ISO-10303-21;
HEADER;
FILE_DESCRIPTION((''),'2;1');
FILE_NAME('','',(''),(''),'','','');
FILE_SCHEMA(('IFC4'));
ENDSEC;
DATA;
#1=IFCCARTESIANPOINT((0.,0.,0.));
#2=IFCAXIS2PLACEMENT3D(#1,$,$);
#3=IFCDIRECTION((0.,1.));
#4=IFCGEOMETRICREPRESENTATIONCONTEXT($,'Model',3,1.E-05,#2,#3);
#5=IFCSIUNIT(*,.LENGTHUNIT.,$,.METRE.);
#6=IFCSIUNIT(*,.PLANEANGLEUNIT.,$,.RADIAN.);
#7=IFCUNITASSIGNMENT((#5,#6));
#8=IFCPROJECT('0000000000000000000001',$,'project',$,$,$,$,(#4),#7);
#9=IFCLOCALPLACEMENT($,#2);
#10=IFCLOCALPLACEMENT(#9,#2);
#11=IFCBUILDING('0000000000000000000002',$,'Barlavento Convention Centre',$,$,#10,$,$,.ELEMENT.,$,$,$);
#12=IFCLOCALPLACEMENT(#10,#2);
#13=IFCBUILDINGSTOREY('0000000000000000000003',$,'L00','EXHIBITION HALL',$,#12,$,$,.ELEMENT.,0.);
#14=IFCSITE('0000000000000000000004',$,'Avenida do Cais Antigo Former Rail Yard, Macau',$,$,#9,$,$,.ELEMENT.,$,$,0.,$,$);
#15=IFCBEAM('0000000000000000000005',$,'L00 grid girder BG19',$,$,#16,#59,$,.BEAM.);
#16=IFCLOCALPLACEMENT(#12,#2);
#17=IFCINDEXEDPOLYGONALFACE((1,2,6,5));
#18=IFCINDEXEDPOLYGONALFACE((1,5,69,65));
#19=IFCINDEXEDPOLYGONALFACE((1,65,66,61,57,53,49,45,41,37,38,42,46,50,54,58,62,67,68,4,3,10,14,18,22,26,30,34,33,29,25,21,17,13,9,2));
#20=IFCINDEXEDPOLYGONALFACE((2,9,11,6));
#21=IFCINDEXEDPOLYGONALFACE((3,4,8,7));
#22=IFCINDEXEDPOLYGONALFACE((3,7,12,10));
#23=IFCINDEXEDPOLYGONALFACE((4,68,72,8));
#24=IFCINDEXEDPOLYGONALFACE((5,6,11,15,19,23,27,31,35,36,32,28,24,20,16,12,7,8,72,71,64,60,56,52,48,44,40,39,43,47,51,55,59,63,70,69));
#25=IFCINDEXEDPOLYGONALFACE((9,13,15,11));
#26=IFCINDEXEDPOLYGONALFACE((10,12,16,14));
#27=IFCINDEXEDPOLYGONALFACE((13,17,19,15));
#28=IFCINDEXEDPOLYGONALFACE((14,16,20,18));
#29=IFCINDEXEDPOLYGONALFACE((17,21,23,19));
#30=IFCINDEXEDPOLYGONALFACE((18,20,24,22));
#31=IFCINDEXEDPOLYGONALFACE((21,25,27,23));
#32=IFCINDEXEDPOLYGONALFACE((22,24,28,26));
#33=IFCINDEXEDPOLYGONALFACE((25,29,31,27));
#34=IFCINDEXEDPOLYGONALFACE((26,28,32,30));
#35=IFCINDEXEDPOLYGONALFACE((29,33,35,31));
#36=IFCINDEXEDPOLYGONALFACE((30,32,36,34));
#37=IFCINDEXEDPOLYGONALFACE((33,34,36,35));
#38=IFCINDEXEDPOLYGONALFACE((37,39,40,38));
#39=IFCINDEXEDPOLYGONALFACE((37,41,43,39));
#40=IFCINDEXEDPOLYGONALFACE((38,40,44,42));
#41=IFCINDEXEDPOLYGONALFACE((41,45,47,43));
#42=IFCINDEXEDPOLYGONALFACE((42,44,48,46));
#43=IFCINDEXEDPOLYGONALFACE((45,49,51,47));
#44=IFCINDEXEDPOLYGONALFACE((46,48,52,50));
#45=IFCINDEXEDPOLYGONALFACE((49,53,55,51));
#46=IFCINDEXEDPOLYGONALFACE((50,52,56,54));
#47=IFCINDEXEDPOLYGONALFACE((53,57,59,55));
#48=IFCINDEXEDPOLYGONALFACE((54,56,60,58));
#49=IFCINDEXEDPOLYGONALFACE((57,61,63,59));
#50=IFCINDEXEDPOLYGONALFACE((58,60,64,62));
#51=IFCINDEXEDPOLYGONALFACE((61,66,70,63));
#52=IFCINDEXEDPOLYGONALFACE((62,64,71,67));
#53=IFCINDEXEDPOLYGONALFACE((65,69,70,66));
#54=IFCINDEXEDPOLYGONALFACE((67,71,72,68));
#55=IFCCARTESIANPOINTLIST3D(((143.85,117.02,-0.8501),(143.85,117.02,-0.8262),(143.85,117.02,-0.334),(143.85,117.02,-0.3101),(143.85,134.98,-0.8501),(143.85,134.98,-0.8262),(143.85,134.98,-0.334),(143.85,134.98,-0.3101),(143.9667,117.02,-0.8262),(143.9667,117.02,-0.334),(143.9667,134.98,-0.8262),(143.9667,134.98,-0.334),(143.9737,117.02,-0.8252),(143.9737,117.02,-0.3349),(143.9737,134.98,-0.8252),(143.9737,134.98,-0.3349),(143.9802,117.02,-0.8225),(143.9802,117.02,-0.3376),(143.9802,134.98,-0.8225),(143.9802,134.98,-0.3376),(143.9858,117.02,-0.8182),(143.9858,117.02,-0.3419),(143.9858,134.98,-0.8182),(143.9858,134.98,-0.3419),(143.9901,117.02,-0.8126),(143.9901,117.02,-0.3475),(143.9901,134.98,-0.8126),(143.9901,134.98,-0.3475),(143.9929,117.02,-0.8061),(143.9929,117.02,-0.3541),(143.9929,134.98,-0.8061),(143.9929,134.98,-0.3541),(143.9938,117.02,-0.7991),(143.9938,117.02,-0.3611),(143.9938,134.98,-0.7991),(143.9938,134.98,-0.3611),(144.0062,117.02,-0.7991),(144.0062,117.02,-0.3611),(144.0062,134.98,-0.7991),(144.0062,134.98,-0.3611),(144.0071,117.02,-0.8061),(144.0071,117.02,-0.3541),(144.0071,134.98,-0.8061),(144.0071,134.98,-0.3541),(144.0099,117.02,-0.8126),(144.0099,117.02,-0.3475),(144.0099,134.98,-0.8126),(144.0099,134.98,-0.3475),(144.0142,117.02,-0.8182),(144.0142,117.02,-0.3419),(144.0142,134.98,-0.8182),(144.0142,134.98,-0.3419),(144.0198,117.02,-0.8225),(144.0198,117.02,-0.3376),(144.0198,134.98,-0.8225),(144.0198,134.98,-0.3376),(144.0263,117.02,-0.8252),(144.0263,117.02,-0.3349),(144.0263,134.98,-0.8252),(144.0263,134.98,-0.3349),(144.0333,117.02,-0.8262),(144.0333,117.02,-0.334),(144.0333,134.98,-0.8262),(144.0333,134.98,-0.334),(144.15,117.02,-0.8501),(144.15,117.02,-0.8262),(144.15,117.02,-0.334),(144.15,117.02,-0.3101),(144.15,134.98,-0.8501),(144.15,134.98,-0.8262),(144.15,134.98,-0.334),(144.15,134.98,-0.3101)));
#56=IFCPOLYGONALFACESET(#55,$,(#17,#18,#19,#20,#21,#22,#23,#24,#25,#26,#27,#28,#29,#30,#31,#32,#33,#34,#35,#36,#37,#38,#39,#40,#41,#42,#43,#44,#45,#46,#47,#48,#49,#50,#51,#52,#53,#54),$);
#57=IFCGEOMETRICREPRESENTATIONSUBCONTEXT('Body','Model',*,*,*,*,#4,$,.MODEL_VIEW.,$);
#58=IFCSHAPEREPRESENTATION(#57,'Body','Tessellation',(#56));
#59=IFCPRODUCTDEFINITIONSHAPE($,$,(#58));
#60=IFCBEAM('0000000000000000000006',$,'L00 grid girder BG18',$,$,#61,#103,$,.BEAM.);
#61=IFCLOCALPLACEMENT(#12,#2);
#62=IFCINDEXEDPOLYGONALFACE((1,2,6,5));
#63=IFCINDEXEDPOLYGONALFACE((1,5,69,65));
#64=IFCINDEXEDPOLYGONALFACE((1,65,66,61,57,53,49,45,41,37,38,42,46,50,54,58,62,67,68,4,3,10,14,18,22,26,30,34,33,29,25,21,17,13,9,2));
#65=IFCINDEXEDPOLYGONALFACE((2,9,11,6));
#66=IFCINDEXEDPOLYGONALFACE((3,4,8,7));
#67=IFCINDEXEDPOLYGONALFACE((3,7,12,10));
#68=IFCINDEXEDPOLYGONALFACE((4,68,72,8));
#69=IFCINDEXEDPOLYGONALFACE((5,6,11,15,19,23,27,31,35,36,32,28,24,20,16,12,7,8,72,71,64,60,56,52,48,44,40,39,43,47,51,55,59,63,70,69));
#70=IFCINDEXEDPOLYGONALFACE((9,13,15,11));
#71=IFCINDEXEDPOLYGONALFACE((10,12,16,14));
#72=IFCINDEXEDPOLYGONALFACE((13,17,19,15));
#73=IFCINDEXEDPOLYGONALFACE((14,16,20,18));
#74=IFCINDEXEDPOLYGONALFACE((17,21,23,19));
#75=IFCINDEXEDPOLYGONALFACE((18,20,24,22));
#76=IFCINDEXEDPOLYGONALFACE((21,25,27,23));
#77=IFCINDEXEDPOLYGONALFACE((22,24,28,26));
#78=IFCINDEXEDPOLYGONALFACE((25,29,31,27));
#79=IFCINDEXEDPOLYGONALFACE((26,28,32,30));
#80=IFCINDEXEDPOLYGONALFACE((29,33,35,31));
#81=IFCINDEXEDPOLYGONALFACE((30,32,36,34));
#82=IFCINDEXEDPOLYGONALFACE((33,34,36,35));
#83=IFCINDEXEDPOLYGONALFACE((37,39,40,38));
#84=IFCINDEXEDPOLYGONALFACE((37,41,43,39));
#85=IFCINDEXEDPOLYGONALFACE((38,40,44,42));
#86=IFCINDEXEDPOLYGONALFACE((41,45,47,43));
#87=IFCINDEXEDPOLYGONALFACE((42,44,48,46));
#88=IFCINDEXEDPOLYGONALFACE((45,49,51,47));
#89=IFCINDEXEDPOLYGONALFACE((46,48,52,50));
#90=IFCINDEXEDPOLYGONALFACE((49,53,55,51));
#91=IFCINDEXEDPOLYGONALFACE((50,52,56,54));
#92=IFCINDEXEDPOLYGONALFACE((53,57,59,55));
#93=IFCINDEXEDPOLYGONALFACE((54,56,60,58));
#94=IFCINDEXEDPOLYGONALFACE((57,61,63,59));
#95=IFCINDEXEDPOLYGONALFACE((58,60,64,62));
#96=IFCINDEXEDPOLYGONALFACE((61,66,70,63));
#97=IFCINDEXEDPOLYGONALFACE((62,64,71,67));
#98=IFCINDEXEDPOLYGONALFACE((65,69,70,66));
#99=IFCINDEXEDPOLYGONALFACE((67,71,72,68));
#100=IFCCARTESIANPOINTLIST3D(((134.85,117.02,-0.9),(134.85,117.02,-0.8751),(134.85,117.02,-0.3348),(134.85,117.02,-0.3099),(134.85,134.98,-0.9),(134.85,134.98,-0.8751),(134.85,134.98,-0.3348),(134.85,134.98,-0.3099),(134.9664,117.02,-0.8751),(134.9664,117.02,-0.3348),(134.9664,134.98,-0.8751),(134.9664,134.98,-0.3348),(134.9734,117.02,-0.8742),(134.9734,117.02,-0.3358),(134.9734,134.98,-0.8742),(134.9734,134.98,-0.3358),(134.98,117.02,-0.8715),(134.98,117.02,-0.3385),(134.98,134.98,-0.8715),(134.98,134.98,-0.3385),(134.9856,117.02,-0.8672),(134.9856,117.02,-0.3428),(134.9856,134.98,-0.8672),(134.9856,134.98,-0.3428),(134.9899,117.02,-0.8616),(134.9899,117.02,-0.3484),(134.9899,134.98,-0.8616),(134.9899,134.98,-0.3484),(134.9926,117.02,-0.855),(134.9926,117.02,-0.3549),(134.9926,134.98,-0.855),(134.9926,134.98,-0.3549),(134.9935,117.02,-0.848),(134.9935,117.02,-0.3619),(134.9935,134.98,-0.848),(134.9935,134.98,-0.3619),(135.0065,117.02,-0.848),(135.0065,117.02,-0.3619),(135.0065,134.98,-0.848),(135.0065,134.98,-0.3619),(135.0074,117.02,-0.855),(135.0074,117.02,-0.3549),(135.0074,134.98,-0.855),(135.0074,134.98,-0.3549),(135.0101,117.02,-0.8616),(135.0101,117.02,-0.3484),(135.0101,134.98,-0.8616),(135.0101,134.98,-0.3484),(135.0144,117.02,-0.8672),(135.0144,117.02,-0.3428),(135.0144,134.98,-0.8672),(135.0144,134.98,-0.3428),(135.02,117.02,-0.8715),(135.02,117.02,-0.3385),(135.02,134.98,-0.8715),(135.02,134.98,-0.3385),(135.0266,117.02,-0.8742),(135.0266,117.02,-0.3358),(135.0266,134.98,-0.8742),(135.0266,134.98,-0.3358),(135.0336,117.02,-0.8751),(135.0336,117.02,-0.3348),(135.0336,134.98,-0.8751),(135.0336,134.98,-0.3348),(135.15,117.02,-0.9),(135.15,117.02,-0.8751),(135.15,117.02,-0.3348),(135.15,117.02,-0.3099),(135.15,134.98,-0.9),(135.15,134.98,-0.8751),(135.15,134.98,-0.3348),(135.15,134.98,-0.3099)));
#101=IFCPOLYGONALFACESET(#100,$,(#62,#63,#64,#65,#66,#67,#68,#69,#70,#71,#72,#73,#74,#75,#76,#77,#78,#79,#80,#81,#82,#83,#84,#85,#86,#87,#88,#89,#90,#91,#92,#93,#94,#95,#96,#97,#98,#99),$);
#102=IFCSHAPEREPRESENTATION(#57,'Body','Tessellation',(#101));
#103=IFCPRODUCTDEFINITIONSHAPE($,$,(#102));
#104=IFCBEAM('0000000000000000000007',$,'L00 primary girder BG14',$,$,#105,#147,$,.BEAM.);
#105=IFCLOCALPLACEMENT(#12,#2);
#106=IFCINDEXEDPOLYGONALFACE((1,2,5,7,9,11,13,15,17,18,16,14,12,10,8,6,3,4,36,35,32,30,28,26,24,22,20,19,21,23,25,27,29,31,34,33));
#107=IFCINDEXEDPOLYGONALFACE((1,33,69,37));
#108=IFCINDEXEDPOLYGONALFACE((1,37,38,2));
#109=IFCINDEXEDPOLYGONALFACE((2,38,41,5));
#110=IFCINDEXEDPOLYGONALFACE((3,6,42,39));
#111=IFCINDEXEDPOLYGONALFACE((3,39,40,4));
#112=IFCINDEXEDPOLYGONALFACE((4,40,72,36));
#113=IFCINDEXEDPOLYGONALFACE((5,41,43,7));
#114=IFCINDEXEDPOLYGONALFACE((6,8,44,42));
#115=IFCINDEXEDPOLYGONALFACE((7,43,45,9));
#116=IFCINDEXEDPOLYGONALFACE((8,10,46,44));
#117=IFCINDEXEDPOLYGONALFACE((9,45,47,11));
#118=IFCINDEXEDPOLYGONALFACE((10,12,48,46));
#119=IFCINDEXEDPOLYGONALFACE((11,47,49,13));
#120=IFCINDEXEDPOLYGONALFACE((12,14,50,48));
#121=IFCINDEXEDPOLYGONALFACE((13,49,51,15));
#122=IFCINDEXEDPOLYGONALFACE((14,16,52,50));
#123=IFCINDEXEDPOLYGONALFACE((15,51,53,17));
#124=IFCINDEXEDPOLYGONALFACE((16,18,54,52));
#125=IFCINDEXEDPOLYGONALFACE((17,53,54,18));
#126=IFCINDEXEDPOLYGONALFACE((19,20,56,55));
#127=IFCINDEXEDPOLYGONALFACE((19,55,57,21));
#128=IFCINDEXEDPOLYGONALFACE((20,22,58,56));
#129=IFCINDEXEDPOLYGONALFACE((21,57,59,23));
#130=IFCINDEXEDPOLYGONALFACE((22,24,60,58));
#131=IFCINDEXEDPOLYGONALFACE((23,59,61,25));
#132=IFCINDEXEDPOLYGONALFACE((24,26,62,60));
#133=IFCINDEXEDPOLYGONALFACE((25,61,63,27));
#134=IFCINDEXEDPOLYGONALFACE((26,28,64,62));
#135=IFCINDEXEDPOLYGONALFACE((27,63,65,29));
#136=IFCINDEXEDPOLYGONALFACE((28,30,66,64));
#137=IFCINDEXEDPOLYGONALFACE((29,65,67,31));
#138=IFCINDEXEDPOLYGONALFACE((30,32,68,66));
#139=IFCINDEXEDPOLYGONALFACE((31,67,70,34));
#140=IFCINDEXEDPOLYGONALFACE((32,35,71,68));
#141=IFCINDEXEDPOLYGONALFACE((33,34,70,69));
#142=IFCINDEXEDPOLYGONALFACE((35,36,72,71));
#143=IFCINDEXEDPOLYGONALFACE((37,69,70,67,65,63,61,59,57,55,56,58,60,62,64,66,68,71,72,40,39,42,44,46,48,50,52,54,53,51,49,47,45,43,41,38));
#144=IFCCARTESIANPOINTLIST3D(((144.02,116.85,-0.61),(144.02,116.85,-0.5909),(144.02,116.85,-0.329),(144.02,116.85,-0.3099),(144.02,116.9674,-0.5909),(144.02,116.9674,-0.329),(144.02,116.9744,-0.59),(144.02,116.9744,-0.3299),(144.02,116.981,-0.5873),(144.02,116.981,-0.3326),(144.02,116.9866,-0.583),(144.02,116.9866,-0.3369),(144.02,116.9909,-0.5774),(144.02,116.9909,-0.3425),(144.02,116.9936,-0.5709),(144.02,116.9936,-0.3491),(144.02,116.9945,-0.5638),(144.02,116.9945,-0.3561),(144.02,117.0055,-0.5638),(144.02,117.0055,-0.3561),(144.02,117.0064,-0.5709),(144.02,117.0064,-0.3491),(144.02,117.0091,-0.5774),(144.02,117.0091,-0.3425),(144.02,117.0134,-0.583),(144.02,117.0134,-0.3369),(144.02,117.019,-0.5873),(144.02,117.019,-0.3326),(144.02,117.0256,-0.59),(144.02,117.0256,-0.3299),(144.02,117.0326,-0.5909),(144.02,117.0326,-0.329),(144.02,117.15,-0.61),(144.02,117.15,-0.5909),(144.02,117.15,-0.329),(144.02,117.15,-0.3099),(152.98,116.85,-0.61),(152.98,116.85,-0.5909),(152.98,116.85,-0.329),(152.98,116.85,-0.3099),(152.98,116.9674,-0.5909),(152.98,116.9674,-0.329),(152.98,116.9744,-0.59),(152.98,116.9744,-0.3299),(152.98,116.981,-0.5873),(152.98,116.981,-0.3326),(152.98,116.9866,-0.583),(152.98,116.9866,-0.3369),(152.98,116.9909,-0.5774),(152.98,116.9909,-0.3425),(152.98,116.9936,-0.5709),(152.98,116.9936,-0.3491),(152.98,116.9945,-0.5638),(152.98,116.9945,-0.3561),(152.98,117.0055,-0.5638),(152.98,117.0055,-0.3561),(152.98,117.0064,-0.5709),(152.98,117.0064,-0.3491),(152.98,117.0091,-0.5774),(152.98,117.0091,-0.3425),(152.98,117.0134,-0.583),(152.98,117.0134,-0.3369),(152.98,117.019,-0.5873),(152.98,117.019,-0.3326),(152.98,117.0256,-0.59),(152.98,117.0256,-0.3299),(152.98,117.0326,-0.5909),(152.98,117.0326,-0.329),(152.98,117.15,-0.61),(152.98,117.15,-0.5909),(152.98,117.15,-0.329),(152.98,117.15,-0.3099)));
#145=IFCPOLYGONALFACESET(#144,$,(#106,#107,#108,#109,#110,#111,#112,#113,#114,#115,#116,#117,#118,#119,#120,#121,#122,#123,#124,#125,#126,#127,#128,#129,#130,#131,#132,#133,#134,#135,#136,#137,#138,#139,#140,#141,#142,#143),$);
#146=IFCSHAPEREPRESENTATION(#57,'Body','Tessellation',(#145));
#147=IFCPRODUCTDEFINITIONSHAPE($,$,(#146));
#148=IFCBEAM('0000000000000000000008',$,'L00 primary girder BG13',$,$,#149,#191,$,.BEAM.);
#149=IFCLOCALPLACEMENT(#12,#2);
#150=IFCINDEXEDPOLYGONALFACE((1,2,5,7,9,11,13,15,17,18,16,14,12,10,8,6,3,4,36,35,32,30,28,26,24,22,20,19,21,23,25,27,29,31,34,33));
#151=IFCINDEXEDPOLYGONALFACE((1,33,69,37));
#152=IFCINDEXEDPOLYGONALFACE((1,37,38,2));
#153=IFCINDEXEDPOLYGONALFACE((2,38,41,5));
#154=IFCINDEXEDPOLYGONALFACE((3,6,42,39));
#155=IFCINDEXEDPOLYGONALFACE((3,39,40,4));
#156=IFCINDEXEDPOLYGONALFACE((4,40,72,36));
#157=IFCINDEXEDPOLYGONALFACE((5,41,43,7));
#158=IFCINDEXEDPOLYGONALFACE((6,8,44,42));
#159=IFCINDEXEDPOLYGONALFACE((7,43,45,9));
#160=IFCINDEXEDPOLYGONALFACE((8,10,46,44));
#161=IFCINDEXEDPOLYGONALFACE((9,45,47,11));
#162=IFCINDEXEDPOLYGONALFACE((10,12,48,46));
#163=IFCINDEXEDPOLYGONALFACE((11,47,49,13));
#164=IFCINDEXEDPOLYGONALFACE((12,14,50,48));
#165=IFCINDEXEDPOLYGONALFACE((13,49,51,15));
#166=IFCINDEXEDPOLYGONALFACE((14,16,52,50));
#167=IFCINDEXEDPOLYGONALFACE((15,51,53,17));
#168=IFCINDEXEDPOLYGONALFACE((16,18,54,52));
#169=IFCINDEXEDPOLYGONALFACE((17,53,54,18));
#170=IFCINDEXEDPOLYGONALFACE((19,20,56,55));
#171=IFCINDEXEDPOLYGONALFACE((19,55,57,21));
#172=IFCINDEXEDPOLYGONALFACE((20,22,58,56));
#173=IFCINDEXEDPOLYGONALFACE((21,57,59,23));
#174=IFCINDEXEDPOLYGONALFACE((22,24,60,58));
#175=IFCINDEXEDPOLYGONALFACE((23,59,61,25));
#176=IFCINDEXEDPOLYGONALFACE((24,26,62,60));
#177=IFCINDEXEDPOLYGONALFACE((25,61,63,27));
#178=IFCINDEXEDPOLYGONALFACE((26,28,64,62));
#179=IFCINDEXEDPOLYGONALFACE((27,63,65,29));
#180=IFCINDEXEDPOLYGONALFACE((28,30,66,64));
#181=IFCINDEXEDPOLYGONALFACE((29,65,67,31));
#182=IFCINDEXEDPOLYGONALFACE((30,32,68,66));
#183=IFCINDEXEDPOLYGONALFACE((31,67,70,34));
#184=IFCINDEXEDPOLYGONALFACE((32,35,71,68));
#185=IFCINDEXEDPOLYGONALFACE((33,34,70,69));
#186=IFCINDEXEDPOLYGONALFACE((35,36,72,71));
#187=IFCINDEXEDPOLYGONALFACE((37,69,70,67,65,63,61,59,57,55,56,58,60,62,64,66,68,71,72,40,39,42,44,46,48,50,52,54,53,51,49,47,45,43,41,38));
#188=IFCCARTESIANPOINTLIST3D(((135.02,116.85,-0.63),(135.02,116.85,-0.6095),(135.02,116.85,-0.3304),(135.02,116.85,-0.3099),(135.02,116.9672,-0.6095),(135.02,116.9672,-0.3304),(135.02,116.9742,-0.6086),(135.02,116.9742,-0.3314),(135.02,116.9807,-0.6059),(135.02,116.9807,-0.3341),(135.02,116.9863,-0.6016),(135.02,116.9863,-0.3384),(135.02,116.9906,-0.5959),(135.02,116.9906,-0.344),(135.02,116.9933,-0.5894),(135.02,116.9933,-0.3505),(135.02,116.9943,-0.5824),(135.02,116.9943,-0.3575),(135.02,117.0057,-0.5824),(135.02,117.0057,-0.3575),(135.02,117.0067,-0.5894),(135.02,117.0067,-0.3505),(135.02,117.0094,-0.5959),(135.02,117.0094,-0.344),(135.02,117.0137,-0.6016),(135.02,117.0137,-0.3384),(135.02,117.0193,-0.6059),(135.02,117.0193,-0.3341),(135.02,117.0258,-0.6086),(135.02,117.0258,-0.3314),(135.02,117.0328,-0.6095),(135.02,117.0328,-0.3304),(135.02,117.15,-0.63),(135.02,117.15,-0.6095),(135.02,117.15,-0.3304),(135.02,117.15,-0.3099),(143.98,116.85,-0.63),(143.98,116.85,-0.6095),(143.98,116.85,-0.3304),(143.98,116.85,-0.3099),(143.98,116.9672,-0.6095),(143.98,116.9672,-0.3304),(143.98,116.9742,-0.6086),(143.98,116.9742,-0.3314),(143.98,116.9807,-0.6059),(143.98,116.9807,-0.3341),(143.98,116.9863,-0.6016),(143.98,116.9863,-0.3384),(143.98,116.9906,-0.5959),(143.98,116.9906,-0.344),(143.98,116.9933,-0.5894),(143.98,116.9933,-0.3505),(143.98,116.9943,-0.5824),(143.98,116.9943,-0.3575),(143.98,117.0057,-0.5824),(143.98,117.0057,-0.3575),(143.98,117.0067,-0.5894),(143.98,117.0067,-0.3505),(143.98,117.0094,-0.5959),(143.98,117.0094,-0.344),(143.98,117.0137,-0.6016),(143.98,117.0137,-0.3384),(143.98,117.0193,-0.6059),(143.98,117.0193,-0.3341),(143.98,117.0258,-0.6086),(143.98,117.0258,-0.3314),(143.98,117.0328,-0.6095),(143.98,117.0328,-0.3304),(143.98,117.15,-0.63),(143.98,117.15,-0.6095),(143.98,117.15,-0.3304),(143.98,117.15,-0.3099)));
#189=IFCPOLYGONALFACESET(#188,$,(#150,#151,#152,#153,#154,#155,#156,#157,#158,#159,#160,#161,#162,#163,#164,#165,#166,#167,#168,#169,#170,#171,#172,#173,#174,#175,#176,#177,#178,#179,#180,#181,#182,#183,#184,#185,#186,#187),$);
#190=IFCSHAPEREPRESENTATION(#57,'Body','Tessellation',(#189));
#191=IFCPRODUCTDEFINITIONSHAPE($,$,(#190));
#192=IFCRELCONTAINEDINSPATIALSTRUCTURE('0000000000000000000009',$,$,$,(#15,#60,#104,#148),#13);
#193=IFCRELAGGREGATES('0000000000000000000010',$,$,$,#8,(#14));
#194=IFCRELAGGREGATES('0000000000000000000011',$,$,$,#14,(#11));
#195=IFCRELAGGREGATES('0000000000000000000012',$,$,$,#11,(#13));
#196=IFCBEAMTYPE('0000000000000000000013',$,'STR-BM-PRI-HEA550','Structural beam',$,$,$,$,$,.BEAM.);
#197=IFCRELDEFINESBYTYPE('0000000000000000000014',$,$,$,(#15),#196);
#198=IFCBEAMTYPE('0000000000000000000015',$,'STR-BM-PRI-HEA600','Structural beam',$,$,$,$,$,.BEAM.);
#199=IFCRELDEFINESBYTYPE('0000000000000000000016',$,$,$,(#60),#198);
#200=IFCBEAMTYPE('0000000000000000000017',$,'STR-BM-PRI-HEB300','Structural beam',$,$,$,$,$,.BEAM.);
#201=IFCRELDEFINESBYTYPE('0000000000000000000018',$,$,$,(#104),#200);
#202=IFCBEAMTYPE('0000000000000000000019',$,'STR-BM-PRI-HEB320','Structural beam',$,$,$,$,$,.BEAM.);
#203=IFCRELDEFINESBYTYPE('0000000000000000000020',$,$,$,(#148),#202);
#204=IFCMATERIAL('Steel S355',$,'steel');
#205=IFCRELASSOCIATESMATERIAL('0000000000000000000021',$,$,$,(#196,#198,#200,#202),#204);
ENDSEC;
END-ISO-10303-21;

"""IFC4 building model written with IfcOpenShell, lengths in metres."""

from ifc_helpers import new_model, si_unit, direction, frame, origin, origin_2d, place, context, subcontext, project, spatial, i_section, extrude, material, material_profile, profile_set, type_object, element, save


model = new_model("IFC4")

# Units and contexts
model_context = context("Model", 3, precision=1e-05, world=origin(), true_north=direction((0.0, 1.0)))
body_context = subcontext(model_context, "Body", "Model", "MODEL_VIEW")
ifc_project = project(units=[si_unit("LENGTHUNIT", "METRE"), si_unit("PLANEANGLEUNIT", "RADIAN")], contexts=[model_context])

# Site, building, storey
site_placement = place(None, origin())
site = spatial("IfcSite", under=ifc_project, at=site_placement, Name="Avenida do Cais Antigo Former Rail Yard, Macau", CompositionType="ELEMENT", RefElevation=0.0)
building_placement = place(site_placement, origin())
building = spatial("IfcBuilding", under=site, at=building_placement, Name="Barlavento Convention Centre", CompositionType="ELEMENT")
storey_placement = place(building_placement, origin())
storey = spatial("IfcBuildingStorey", under=building, at=storey_placement, Name="L00", Description="EXHIBITION HALL", CompositionType="ELEMENT", Elevation=0.0)

# Beams
ifc_material_1 = material(Name="Steel S355", Category="steel")
ifc_material_profile_1 = material_profile(ifc_material_1, i_section(OverallWidth=0.3, OverallDepth=0.54, WebThickness=0.0125, FlangeThickness=0.0239, FilletRadius=0.0271, at=origin_2d()), Name="HEA 550")
ifc_profile_set_1 = profile_set([ifc_material_profile_1], Name="Steel S355")
beam_type_1 = type_object("IfcBeamType", Name="STR-BM-PRI-HEA550", Description="Structural beam", PredefinedType="BEAM", material=ifc_profile_set_1)
beam_1_placement = place(storey_placement, frame((144.0, 117.02, -0.5801), z_axis=(0.0, 1.0, 0.0), x_axis=(-1.0, 0.0, 0.0)))
element("IfcBeam", 1, at=beam_1_placement, inside=storey, type_object=beam_type_1, Name="L00 grid girder BG19", PredefinedType="BEAM", context=body_context, shape_type="SweptSolid", body=[
    extrude(i_section(OverallWidth=0.3, OverallDepth=0.54, WebThickness=0.0125, FlangeThickness=0.0239, FilletRadius=0.0271, at=origin_2d()), origin(), (0.0, 0.0, 1.0), 17.96),
])
ifc_material_profile_2 = material_profile(ifc_material_1, i_section(OverallWidth=0.3, OverallDepth=0.5901, WebThickness=0.0129, FlangeThickness=0.0249, FilletRadius=0.0271, at=origin_2d()), Name="HEA 600")
ifc_profile_set_2 = profile_set([ifc_material_profile_2], Name="Steel S355")
beam_type_2 = type_object("IfcBeamType", Name="STR-BM-PRI-HEA600", Description="Structural beam", PredefinedType="BEAM", material=ifc_profile_set_2)
beam_2_placement = place(storey_placement, frame((135.0, 117.02, -0.605), z_axis=(0.0, 1.0, 0.0), x_axis=(-1.0, 0.0, 0.0)))
element("IfcBeam", 2, at=beam_2_placement, inside=storey, type_object=beam_type_2, Name="L00 grid girder BG18", PredefinedType="BEAM", context=body_context, shape_type="SweptSolid", body=[
    extrude(i_section(OverallWidth=0.3, OverallDepth=0.5901, WebThickness=0.0129, FlangeThickness=0.0249, FilletRadius=0.0271, at=origin_2d()), origin(), (0.0, 0.0, 1.0), 17.96),
])
ifc_material_profile_3 = material_profile(ifc_material_1, i_section(OverallWidth=0.3, OverallDepth=0.3, WebThickness=0.011, FlangeThickness=0.019, FilletRadius=0.0271, at=origin_2d()), Name="HEB 300")
ifc_profile_set_3 = profile_set([ifc_material_profile_3], Name="Steel S355")
beam_type_3 = type_object("IfcBeamType", Name="STR-BM-PRI-HEB300", Description="Structural beam", PredefinedType="BEAM", material=ifc_profile_set_3)
beam_3_placement = place(storey_placement, frame((144.02, 117.0, -0.46), z_axis=(1.0, 0.0, 0.0), x_axis=(0.0, 1.0, 0.0)))
element("IfcBeam", 3, at=beam_3_placement, inside=storey, type_object=beam_type_3, Name="L00 primary girder BG14", PredefinedType="BEAM", context=body_context, shape_type="SweptSolid", body=[
    extrude(i_section(OverallWidth=0.3, OverallDepth=0.3, WebThickness=0.011, FlangeThickness=0.019, FilletRadius=0.0271, at=origin_2d()), origin(), (0.0, 0.0, 1.0), 8.96),
])
ifc_material_profile_4 = material_profile(ifc_material_1, i_section(OverallWidth=0.3, OverallDepth=0.3201, WebThickness=0.0115, FlangeThickness=0.0205, FilletRadius=0.0271, at=origin_2d()), Name="HEB 320")
ifc_profile_set_4 = profile_set([ifc_material_profile_4], Name="Steel S355")
beam_type_4 = type_object("IfcBeamType", Name="STR-BM-PRI-HEB320", Description="Structural beam", PredefinedType="BEAM", material=ifc_profile_set_4)
beam_4_placement = place(storey_placement, frame((135.02, 117.0, -0.47), z_axis=(1.0, 0.0, 0.0), x_axis=(0.0, 1.0, 0.0)))
element("IfcBeam", 4, at=beam_4_placement, inside=storey, type_object=beam_type_4, Name="L00 primary girder BG13", PredefinedType="BEAM", context=body_context, shape_type="SweptSolid", body=[
    extrude(i_section(OverallWidth=0.3, OverallDepth=0.3201, WebThickness=0.0115, FlangeThickness=0.0205, FilletRadius=0.0271, at=origin_2d()), origin(), (0.0, 0.0, 1.0), 8.96),
])

save(model, "model.ifc")
